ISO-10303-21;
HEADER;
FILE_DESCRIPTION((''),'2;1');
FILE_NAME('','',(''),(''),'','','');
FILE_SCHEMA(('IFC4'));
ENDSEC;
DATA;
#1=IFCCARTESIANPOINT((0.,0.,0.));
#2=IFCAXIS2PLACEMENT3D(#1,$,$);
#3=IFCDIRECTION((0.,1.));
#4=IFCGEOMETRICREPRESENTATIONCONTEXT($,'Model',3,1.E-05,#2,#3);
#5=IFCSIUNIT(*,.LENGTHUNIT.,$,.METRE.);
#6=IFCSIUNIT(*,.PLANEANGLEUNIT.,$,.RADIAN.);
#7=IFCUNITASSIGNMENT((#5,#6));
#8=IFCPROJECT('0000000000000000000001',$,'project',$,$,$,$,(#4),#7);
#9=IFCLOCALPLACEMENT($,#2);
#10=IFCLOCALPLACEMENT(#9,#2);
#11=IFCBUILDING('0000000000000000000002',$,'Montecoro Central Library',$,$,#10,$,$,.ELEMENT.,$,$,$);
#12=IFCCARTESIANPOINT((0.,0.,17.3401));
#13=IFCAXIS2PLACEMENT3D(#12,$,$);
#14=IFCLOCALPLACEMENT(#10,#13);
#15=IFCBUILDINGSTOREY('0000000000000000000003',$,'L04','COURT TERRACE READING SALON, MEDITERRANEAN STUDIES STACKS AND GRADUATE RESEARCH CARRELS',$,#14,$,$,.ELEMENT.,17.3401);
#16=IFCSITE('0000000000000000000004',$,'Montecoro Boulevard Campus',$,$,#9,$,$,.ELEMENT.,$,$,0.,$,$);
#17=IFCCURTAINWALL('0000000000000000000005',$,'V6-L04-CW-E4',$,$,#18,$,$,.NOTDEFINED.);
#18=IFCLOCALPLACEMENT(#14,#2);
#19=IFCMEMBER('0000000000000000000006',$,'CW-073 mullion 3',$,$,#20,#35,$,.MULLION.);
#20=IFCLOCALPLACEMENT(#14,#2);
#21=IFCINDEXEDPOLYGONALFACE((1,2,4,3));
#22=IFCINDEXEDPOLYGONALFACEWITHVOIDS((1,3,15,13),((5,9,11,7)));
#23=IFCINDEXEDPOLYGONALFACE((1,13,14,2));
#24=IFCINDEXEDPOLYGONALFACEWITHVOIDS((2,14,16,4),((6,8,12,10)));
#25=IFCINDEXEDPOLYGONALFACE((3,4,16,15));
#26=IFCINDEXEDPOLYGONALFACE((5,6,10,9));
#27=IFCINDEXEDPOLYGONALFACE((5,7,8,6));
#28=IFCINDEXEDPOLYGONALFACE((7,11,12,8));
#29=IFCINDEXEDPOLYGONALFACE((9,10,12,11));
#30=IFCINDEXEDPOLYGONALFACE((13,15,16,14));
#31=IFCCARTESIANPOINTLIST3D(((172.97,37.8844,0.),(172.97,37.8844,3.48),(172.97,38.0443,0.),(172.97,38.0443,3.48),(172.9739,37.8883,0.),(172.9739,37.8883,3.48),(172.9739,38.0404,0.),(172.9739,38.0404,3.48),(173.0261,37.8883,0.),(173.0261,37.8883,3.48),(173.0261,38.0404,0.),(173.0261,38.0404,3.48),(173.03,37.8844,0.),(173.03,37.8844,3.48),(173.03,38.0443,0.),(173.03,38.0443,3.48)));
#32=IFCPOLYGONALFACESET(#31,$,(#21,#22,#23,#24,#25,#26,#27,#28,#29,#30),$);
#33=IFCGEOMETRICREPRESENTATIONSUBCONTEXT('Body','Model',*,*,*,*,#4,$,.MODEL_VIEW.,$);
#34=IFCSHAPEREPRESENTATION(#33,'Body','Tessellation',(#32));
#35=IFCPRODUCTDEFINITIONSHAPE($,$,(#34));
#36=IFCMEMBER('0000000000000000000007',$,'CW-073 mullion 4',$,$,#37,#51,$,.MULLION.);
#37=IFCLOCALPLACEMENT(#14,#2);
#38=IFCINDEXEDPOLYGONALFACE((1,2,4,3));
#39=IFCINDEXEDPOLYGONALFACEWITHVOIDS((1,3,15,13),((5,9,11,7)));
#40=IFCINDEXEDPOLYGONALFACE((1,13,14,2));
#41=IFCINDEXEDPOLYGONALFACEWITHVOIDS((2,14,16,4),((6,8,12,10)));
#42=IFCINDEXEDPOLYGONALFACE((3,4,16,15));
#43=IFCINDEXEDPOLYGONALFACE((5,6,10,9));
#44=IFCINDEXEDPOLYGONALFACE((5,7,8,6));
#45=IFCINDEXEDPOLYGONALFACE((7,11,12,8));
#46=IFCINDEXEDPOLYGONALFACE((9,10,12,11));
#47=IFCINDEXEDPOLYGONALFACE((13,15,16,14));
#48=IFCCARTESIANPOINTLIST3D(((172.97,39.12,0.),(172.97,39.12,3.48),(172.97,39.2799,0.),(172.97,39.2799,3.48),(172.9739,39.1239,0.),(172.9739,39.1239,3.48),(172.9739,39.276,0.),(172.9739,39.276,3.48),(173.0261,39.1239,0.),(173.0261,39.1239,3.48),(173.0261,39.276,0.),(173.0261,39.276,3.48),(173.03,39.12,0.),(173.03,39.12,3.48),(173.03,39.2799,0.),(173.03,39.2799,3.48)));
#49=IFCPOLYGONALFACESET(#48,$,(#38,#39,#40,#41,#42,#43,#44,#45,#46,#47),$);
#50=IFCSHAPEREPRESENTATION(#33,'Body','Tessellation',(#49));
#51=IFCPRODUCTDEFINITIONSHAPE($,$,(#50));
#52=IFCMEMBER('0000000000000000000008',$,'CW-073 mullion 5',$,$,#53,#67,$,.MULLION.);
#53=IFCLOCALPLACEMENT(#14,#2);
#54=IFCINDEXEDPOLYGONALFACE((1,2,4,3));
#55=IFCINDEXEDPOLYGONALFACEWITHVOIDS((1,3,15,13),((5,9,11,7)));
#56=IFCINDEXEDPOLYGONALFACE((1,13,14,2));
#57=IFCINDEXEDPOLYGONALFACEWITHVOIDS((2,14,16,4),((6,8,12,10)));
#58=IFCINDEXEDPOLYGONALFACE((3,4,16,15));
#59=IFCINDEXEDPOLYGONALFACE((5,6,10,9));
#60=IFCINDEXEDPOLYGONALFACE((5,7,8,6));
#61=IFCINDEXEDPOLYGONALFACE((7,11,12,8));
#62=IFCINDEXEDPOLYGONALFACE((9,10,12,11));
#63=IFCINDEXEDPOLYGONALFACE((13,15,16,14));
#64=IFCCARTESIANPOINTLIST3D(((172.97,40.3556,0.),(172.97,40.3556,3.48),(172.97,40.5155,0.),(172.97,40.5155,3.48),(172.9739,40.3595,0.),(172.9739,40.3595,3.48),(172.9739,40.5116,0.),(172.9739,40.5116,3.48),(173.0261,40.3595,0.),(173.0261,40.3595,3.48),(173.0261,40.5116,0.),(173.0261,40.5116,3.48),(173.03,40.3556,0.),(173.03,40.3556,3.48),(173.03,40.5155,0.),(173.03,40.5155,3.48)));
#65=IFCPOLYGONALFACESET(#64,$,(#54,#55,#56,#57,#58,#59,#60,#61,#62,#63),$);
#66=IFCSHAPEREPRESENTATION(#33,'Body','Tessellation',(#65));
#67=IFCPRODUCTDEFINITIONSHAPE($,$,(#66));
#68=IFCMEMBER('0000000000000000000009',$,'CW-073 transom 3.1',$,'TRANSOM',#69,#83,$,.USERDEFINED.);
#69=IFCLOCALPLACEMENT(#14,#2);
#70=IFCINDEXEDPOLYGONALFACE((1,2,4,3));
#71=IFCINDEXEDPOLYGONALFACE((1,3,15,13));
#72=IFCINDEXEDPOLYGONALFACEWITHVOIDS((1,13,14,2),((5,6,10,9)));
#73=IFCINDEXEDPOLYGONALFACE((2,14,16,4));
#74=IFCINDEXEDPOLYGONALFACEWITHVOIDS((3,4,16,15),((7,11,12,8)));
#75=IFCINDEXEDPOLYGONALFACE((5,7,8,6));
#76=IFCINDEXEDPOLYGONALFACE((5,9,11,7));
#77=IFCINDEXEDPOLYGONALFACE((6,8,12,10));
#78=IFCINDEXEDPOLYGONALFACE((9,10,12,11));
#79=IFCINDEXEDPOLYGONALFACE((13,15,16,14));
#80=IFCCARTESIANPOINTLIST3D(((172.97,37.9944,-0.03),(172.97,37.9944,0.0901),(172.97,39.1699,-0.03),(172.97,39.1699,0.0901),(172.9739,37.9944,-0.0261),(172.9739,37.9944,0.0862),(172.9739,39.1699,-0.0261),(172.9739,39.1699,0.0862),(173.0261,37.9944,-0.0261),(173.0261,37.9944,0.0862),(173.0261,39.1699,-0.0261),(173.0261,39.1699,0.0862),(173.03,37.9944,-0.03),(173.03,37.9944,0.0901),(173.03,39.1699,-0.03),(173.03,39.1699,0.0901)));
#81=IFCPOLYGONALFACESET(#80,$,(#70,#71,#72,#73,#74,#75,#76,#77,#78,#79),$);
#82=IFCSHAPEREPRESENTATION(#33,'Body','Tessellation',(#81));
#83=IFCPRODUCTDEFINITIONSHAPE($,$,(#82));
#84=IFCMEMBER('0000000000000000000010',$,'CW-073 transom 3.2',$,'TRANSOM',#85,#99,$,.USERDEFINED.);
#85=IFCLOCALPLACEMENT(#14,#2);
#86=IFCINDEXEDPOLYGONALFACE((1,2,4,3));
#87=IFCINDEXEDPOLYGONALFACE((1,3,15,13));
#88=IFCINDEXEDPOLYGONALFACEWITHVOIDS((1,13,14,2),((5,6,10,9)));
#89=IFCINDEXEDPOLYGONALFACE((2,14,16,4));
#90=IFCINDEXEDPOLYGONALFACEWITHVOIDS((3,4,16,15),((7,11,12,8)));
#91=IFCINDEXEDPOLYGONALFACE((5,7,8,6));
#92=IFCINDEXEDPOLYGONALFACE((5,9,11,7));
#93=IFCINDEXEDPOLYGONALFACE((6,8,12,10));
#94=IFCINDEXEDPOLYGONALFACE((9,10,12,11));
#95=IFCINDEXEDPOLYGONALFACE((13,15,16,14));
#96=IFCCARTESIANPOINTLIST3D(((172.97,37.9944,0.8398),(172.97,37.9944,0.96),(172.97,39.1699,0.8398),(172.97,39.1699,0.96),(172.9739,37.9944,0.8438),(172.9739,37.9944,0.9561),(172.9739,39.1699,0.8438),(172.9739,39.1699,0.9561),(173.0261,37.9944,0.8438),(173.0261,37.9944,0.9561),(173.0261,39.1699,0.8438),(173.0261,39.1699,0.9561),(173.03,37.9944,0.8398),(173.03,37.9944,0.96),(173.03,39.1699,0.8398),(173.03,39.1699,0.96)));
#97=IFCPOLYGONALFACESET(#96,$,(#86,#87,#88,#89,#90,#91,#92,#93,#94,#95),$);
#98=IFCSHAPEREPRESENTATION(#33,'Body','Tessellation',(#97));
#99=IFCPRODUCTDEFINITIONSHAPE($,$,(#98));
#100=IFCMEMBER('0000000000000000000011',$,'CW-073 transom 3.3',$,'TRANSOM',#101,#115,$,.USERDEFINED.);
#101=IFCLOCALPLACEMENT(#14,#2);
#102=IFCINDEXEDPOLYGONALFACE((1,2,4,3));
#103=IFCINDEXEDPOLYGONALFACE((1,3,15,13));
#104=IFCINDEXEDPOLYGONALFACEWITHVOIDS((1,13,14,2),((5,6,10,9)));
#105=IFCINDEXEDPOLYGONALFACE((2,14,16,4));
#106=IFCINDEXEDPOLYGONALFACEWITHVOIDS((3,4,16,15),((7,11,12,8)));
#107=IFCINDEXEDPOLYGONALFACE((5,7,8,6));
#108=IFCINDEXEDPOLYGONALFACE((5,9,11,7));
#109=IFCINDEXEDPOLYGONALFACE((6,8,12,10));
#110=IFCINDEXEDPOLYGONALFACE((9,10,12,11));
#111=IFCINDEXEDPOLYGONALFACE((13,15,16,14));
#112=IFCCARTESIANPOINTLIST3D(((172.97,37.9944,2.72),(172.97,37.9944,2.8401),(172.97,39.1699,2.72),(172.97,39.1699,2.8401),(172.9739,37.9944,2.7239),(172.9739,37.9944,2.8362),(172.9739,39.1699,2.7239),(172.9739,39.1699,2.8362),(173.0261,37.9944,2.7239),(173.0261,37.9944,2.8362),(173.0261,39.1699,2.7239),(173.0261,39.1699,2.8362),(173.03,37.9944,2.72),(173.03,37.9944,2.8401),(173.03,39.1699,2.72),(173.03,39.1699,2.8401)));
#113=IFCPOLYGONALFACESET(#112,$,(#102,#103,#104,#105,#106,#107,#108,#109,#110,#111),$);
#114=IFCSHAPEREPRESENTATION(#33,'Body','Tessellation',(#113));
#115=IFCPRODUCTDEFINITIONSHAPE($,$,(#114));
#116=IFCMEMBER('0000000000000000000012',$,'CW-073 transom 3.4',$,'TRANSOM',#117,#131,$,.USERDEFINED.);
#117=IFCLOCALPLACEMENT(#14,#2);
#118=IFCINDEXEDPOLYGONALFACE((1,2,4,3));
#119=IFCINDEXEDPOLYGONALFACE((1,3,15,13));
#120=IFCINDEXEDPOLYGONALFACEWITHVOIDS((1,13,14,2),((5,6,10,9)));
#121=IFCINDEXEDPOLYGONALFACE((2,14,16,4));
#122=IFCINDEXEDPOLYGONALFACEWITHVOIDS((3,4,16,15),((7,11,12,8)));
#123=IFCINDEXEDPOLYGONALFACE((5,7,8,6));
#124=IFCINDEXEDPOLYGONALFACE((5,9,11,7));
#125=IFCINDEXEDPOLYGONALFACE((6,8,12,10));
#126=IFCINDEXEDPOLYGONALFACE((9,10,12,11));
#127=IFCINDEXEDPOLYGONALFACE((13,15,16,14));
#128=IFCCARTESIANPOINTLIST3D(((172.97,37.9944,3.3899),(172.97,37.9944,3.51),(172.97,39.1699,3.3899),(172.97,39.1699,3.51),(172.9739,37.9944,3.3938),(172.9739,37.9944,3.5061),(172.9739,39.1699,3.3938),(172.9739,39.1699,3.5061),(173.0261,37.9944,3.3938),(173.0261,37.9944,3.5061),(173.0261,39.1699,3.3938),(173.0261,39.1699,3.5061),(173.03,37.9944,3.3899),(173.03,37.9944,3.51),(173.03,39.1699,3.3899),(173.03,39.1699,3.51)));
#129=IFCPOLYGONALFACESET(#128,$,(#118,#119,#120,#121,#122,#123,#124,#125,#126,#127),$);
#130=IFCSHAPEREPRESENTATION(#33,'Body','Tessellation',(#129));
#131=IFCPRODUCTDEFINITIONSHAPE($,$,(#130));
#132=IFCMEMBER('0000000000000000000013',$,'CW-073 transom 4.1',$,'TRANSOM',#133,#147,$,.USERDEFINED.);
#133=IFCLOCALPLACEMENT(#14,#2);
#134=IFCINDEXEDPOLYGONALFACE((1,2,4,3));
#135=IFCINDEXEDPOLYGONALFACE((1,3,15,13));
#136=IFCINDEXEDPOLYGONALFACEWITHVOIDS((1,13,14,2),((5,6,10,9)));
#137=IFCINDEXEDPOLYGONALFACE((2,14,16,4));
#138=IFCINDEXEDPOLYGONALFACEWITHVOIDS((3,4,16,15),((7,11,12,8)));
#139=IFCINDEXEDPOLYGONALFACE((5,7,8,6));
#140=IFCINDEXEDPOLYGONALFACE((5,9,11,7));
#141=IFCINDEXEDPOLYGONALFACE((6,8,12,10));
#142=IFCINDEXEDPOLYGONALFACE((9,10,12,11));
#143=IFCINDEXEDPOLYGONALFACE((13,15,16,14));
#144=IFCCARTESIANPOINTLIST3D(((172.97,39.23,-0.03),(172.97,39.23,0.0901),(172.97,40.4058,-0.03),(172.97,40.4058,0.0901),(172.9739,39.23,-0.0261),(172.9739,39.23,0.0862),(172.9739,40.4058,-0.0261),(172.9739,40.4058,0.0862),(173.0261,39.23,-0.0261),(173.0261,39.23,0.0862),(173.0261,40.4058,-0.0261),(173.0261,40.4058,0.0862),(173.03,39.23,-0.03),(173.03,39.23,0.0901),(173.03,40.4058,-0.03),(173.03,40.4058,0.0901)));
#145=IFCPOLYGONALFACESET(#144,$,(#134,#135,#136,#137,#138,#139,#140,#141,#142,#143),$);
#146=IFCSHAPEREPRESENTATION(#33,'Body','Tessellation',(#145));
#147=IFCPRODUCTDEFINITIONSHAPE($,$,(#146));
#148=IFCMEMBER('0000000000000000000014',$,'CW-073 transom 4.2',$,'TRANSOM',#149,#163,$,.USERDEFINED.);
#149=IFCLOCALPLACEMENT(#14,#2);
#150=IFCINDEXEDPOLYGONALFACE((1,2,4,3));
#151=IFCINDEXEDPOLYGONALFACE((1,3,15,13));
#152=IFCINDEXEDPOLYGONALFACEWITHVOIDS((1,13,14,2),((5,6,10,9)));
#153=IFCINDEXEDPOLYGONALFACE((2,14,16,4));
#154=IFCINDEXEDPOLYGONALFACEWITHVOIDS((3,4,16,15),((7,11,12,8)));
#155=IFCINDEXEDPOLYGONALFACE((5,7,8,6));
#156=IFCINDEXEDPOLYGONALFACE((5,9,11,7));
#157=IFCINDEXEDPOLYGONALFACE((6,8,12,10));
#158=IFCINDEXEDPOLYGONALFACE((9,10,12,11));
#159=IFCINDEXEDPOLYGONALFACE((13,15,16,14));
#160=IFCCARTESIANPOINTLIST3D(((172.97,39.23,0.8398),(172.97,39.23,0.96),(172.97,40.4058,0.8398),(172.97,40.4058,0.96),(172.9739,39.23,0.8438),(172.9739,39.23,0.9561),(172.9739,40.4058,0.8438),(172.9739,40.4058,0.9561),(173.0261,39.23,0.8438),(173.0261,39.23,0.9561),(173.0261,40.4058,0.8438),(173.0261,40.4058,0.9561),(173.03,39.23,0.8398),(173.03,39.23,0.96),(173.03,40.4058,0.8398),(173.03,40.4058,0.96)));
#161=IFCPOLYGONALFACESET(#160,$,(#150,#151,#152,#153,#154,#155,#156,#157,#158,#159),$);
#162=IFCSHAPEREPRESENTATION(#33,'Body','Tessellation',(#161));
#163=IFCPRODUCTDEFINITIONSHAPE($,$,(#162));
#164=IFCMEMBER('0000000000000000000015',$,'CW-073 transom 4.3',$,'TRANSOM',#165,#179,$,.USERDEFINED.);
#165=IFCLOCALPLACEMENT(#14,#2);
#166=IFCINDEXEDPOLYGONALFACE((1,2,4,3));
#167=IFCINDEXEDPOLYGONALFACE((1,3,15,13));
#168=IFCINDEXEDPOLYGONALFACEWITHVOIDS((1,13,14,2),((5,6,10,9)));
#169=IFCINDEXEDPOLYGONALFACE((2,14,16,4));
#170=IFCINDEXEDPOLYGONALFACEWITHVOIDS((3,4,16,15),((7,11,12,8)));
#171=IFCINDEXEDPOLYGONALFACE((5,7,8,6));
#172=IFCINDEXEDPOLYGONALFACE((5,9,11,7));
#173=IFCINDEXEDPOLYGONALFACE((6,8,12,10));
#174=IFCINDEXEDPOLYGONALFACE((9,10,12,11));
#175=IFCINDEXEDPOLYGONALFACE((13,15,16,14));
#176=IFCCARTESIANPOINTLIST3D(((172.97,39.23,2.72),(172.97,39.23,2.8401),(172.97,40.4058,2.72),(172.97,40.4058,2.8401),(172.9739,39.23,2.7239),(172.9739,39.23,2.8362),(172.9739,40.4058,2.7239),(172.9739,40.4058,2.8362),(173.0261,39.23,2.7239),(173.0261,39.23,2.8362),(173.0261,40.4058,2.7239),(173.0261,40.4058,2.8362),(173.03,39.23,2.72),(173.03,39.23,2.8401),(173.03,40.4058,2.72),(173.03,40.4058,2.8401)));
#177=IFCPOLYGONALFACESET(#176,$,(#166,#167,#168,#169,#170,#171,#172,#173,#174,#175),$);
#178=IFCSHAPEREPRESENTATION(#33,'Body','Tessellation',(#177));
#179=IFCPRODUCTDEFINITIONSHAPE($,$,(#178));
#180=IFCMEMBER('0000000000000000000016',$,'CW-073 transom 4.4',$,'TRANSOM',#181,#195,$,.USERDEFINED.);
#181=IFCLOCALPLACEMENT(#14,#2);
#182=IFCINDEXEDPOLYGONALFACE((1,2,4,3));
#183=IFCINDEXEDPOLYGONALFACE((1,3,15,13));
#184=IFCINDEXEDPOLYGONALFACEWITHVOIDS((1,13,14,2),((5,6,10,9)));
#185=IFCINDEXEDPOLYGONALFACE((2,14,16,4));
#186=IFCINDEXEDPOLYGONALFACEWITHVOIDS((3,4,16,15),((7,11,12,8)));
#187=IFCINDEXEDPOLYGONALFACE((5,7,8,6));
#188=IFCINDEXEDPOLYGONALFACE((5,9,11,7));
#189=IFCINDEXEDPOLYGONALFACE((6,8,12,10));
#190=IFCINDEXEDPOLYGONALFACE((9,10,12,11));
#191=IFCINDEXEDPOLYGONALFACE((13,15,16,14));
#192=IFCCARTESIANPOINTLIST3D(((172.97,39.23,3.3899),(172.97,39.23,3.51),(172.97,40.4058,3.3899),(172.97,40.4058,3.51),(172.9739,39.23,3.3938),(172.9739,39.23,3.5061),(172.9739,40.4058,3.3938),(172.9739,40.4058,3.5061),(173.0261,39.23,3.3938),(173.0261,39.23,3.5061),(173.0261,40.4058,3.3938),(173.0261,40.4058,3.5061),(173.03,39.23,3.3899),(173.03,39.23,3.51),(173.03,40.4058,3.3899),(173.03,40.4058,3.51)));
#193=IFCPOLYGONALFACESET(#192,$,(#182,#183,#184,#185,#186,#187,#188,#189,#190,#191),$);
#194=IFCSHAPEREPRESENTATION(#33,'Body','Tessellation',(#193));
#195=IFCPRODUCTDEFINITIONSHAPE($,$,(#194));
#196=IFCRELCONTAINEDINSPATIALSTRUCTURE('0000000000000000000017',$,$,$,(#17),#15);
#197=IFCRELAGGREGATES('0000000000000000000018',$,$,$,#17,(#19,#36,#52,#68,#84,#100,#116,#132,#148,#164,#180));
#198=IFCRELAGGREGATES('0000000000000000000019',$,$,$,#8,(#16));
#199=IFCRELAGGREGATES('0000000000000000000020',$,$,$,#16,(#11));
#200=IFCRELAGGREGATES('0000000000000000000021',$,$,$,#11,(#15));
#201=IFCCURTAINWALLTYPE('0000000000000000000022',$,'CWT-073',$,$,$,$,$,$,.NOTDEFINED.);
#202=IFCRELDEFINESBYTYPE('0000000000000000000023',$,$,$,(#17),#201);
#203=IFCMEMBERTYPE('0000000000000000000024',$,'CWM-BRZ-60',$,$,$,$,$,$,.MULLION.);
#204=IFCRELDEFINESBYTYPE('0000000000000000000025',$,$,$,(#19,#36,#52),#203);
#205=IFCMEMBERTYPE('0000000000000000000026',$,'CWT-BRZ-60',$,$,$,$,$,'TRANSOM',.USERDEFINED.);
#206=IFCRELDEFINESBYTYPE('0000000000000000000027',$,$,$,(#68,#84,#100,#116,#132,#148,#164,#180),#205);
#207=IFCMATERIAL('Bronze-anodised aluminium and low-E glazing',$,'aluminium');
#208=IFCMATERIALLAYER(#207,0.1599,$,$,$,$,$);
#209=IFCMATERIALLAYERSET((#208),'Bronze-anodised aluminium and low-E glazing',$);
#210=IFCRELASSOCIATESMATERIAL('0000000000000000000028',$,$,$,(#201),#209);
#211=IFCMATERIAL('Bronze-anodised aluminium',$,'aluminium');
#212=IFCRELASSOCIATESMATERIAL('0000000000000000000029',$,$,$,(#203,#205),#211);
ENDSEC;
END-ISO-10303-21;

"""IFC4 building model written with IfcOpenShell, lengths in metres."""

from ifc_helpers import new_model, si_unit, direction, frame, origin, origin_2d, place, context, subcontext, project, spatial, hollow_rectangle, extrude, material, layer, layer_set, material_profile, profile_set, type_object, element, aggregate, save


model = new_model("IFC4")

# Units and contexts
model_context = context("Model", 3, precision=1e-05, world=origin(), true_north=direction((0.0, 1.0)))
body_context = subcontext(model_context, "Body", "Model", "MODEL_VIEW")
ifc_project = project(units=[si_unit("LENGTHUNIT", "METRE"), si_unit("PLANEANGLEUNIT", "RADIAN")], contexts=[model_context])

# Site, building, storey
site_placement = place(None, origin())
site = spatial("IfcSite", under=ifc_project, at=site_placement, Name="Montecoro Boulevard Campus", CompositionType="ELEMENT", RefElevation=0.0)
building_placement = place(site_placement, origin())
building = spatial("IfcBuilding", under=site, at=building_placement, Name="Montecoro Central Library", CompositionType="ELEMENT")
storey_placement = place(building_placement, frame((0.0, 0.0, 17.3401)))
storey = spatial("IfcBuildingStorey", under=building, at=storey_placement, Name="L04", Description="COURT TERRACE READING SALON, MEDITERRANEAN STUDIES STACKS AND GRADUATE RESEARCH CARRELS", CompositionType="ELEMENT", Elevation=17.3401)

# Curtain wall, members
ifc_material_1 = material(Name="Bronze-anodised aluminium and low-E glazing", Category="aluminium")
ifc_layer_1 = layer(ifc_material_1, 0.1599)
ifc_layer_set_1 = layer_set([ifc_layer_1], Name="Bronze-anodised aluminium and low-E glazing")
curtain_wall_type = type_object("IfcCurtainWallType", Name="CWT-073", PredefinedType="NOTDEFINED", material=ifc_layer_set_1)
curtain_wall_placement = place(storey_placement, origin())
curtain_wall = element("IfcCurtainWall", 1, at=curtain_wall_placement, inside=storey, type_object=curtain_wall_type, Name="V6-L04-CW-E4", PredefinedType="NOTDEFINED")
ifc_material_2 = material(Name="Bronze-anodised aluminium", Category="aluminium")
ifc_material_profile_1 = material_profile(ifc_material_2, hollow_rectangle(XDim=0.0601, YDim=0.1599, WallThickness=0.0039, at=origin_2d()), Name="CWM 160x60x4.0")
ifc_profile_set_1 = profile_set([ifc_material_profile_1], Name="Bronze-anodised aluminium")
member_type_1 = type_object("IfcMemberType", Name="CWM-BRZ-60", PredefinedType="MULLION", material=ifc_profile_set_1)
member_1_placement = place(storey_placement, frame((173.0, 37.9644, 0.0), z_axis=(0.0, 0.0, 1.0), x_axis=(-1.0, 0.0, 0.0)))
member_1 = element("IfcMember", 2, at=member_1_placement, type_object=member_type_1, Name="CW-073 mullion 3", PredefinedType="MULLION", context=body_context, shape_type="SweptSolid", body=[
    extrude(hollow_rectangle(XDim=0.0601, YDim=0.1599, WallThickness=0.0039, at=origin_2d()), origin(), (0.0, 0.0, 1.0), 3.48),
])
member_2_placement = place(storey_placement, frame((173.0, 39.2, 0.0), z_axis=(0.0, 0.0, 1.0), x_axis=(-1.0, 0.0, 0.0)))
member_2 = element("IfcMember", 3, at=member_2_placement, type_object=member_type_1, Name="CW-073 mullion 4", PredefinedType="MULLION", context=body_context, shape_type="SweptSolid", body=[
    extrude(hollow_rectangle(XDim=0.0601, YDim=0.1599, WallThickness=0.0039, at=origin_2d()), origin(), (0.0, 0.0, 1.0), 3.48),
])
member_3_placement = place(storey_placement, frame((173.0, 40.4355, 0.0), z_axis=(0.0, 0.0, 1.0), x_axis=(-1.0, 0.0, 0.0)))
member_3 = element("IfcMember", 4, at=member_3_placement, type_object=member_type_1, Name="CW-073 mullion 5", PredefinedType="MULLION", context=body_context, shape_type="SweptSolid", body=[
    extrude(hollow_rectangle(XDim=0.0601, YDim=0.1599, WallThickness=0.0039, at=origin_2d()), origin(), (0.0, 0.0, 1.0), 3.48),
])
ifc_material_profile_2 = material_profile(ifc_material_2, hollow_rectangle(XDim=0.0601, YDim=0.1201, WallThickness=0.0039, at=origin_2d()), Name="CWT 120x60x4.0")
ifc_profile_set_2 = profile_set([ifc_material_profile_2], Name="Bronze-anodised aluminium")
member_type_2 = type_object("IfcMemberType", Name="CWT-BRZ-60", ElementType="TRANSOM", PredefinedType="USERDEFINED", material=ifc_profile_set_2)
member_4_placement = place(storey_placement, frame((173.0, 37.9944, 0.03), z_axis=(0.0, 1.0, 0.0), x_axis=(-1.0, 0.0, 0.0)))
member_4 = element("IfcMember", 5, at=member_4_placement, type_object=member_type_2, Name="CW-073 transom 3.1", ObjectType="TRANSOM", PredefinedType="USERDEFINED", context=body_context, shape_type="SweptSolid", body=[
    extrude(hollow_rectangle(XDim=0.0601, YDim=0.1201, WallThickness=0.0039, at=origin_2d()), origin(), (0.0, 0.0, 1.0), 1.1755),
])
member_5_placement = place(storey_placement, frame((173.0, 37.9944, 0.8999), z_axis=(0.0, 1.0, 0.0), x_axis=(-1.0, 0.0, 0.0)))
member_5 = element("IfcMember", 6, at=member_5_placement, type_object=member_type_2, Name="CW-073 transom 3.2", ObjectType="TRANSOM", PredefinedType="USERDEFINED", context=body_context, shape_type="SweptSolid", body=[
    extrude(hollow_rectangle(XDim=0.0601, YDim=0.1201, WallThickness=0.0039, at=origin_2d()), origin(), (0.0, 0.0, 1.0), 1.1755),
])
member_6_placement = place(storey_placement, frame((173.0, 37.9944, 2.78), z_axis=(0.0, 1.0, 0.0), x_axis=(-1.0, 0.0, 0.0)))
member_6 = element("IfcMember", 7, at=member_6_placement, type_object=member_type_2, Name="CW-073 transom 3.3", ObjectType="TRANSOM", PredefinedType="USERDEFINED", context=body_context, shape_type="SweptSolid", body=[
    extrude(hollow_rectangle(XDim=0.0601, YDim=0.1201, WallThickness=0.0039, at=origin_2d()), origin(), (0.0, 0.0, 1.0), 1.1755),
])
member_7_placement = place(storey_placement, frame((173.0, 37.9944, 3.45), z_axis=(0.0, 1.0, 0.0), x_axis=(-1.0, 0.0, 0.0)))
member_7 = element("IfcMember", 8, at=member_7_placement, type_object=member_type_2, Name="CW-073 transom 3.4", ObjectType="TRANSOM", PredefinedType="USERDEFINED", context=body_context, shape_type="SweptSolid", body=[
    extrude(hollow_rectangle(XDim=0.0601, YDim=0.1201, WallThickness=0.0039, at=origin_2d()), origin(), (0.0, 0.0, 1.0), 1.1755),
])
member_8_placement = place(storey_placement, frame((173.0, 39.23, 0.03), z_axis=(0.0, 1.0, 0.0), x_axis=(-1.0, 0.0, 0.0)))
member_8 = element("IfcMember", 9, at=member_8_placement, type_object=member_type_2, Name="CW-073 transom 4.1", ObjectType="TRANSOM", PredefinedType="USERDEFINED", context=body_context, shape_type="SweptSolid", body=[
    extrude(hollow_rectangle(XDim=0.0601, YDim=0.1201, WallThickness=0.0039, at=origin_2d()), origin(), (0.0, 0.0, 1.0), 1.1758),
])
member_9_placement = place(storey_placement, frame((173.0, 39.23, 0.8999), z_axis=(0.0, 1.0, 0.0), x_axis=(-1.0, 0.0, 0.0)))
member_9 = element("IfcMember", 10, at=member_9_placement, type_object=member_type_2, Name="CW-073 transom 4.2", ObjectType="TRANSOM", PredefinedType="USERDEFINED", context=body_context, shape_type="SweptSolid", body=[
    extrude(hollow_rectangle(XDim=0.0601, YDim=0.1201, WallThickness=0.0039, at=origin_2d()), origin(), (0.0, 0.0, 1.0), 1.1758),
])
member_10_placement = place(storey_placement, frame((173.0, 39.23, 2.78), z_axis=(0.0, 1.0, 0.0), x_axis=(-1.0, 0.0, 0.0)))
member_10 = element("IfcMember", 11, at=member_10_placement, type_object=member_type_2, Name="CW-073 transom 4.3", ObjectType="TRANSOM", PredefinedType="USERDEFINED", context=body_context, shape_type="SweptSolid", body=[
    extrude(hollow_rectangle(XDim=0.0601, YDim=0.1201, WallThickness=0.0039, at=origin_2d()), origin(), (0.0, 0.0, 1.0), 1.1758),
])
member_11_placement = place(storey_placement, frame((173.0, 39.23, 3.45), z_axis=(0.0, 1.0, 0.0), x_axis=(-1.0, 0.0, 0.0)))
member_11 = element("IfcMember", 12, at=member_11_placement, type_object=member_type_2, Name="CW-073 transom 4.4", ObjectType="TRANSOM", PredefinedType="USERDEFINED", context=body_context, shape_type="SweptSolid", body=[
    extrude(hollow_rectangle(XDim=0.0601, YDim=0.1201, WallThickness=0.0039, at=origin_2d()), origin(), (0.0, 0.0, 1.0), 1.1758),
])
aggregate(curtain_wall, [member_1, member_2, member_3, member_4, member_5, member_6, member_7, member_8, member_9, member_10, member_11])

save(model, "model.ifc")
